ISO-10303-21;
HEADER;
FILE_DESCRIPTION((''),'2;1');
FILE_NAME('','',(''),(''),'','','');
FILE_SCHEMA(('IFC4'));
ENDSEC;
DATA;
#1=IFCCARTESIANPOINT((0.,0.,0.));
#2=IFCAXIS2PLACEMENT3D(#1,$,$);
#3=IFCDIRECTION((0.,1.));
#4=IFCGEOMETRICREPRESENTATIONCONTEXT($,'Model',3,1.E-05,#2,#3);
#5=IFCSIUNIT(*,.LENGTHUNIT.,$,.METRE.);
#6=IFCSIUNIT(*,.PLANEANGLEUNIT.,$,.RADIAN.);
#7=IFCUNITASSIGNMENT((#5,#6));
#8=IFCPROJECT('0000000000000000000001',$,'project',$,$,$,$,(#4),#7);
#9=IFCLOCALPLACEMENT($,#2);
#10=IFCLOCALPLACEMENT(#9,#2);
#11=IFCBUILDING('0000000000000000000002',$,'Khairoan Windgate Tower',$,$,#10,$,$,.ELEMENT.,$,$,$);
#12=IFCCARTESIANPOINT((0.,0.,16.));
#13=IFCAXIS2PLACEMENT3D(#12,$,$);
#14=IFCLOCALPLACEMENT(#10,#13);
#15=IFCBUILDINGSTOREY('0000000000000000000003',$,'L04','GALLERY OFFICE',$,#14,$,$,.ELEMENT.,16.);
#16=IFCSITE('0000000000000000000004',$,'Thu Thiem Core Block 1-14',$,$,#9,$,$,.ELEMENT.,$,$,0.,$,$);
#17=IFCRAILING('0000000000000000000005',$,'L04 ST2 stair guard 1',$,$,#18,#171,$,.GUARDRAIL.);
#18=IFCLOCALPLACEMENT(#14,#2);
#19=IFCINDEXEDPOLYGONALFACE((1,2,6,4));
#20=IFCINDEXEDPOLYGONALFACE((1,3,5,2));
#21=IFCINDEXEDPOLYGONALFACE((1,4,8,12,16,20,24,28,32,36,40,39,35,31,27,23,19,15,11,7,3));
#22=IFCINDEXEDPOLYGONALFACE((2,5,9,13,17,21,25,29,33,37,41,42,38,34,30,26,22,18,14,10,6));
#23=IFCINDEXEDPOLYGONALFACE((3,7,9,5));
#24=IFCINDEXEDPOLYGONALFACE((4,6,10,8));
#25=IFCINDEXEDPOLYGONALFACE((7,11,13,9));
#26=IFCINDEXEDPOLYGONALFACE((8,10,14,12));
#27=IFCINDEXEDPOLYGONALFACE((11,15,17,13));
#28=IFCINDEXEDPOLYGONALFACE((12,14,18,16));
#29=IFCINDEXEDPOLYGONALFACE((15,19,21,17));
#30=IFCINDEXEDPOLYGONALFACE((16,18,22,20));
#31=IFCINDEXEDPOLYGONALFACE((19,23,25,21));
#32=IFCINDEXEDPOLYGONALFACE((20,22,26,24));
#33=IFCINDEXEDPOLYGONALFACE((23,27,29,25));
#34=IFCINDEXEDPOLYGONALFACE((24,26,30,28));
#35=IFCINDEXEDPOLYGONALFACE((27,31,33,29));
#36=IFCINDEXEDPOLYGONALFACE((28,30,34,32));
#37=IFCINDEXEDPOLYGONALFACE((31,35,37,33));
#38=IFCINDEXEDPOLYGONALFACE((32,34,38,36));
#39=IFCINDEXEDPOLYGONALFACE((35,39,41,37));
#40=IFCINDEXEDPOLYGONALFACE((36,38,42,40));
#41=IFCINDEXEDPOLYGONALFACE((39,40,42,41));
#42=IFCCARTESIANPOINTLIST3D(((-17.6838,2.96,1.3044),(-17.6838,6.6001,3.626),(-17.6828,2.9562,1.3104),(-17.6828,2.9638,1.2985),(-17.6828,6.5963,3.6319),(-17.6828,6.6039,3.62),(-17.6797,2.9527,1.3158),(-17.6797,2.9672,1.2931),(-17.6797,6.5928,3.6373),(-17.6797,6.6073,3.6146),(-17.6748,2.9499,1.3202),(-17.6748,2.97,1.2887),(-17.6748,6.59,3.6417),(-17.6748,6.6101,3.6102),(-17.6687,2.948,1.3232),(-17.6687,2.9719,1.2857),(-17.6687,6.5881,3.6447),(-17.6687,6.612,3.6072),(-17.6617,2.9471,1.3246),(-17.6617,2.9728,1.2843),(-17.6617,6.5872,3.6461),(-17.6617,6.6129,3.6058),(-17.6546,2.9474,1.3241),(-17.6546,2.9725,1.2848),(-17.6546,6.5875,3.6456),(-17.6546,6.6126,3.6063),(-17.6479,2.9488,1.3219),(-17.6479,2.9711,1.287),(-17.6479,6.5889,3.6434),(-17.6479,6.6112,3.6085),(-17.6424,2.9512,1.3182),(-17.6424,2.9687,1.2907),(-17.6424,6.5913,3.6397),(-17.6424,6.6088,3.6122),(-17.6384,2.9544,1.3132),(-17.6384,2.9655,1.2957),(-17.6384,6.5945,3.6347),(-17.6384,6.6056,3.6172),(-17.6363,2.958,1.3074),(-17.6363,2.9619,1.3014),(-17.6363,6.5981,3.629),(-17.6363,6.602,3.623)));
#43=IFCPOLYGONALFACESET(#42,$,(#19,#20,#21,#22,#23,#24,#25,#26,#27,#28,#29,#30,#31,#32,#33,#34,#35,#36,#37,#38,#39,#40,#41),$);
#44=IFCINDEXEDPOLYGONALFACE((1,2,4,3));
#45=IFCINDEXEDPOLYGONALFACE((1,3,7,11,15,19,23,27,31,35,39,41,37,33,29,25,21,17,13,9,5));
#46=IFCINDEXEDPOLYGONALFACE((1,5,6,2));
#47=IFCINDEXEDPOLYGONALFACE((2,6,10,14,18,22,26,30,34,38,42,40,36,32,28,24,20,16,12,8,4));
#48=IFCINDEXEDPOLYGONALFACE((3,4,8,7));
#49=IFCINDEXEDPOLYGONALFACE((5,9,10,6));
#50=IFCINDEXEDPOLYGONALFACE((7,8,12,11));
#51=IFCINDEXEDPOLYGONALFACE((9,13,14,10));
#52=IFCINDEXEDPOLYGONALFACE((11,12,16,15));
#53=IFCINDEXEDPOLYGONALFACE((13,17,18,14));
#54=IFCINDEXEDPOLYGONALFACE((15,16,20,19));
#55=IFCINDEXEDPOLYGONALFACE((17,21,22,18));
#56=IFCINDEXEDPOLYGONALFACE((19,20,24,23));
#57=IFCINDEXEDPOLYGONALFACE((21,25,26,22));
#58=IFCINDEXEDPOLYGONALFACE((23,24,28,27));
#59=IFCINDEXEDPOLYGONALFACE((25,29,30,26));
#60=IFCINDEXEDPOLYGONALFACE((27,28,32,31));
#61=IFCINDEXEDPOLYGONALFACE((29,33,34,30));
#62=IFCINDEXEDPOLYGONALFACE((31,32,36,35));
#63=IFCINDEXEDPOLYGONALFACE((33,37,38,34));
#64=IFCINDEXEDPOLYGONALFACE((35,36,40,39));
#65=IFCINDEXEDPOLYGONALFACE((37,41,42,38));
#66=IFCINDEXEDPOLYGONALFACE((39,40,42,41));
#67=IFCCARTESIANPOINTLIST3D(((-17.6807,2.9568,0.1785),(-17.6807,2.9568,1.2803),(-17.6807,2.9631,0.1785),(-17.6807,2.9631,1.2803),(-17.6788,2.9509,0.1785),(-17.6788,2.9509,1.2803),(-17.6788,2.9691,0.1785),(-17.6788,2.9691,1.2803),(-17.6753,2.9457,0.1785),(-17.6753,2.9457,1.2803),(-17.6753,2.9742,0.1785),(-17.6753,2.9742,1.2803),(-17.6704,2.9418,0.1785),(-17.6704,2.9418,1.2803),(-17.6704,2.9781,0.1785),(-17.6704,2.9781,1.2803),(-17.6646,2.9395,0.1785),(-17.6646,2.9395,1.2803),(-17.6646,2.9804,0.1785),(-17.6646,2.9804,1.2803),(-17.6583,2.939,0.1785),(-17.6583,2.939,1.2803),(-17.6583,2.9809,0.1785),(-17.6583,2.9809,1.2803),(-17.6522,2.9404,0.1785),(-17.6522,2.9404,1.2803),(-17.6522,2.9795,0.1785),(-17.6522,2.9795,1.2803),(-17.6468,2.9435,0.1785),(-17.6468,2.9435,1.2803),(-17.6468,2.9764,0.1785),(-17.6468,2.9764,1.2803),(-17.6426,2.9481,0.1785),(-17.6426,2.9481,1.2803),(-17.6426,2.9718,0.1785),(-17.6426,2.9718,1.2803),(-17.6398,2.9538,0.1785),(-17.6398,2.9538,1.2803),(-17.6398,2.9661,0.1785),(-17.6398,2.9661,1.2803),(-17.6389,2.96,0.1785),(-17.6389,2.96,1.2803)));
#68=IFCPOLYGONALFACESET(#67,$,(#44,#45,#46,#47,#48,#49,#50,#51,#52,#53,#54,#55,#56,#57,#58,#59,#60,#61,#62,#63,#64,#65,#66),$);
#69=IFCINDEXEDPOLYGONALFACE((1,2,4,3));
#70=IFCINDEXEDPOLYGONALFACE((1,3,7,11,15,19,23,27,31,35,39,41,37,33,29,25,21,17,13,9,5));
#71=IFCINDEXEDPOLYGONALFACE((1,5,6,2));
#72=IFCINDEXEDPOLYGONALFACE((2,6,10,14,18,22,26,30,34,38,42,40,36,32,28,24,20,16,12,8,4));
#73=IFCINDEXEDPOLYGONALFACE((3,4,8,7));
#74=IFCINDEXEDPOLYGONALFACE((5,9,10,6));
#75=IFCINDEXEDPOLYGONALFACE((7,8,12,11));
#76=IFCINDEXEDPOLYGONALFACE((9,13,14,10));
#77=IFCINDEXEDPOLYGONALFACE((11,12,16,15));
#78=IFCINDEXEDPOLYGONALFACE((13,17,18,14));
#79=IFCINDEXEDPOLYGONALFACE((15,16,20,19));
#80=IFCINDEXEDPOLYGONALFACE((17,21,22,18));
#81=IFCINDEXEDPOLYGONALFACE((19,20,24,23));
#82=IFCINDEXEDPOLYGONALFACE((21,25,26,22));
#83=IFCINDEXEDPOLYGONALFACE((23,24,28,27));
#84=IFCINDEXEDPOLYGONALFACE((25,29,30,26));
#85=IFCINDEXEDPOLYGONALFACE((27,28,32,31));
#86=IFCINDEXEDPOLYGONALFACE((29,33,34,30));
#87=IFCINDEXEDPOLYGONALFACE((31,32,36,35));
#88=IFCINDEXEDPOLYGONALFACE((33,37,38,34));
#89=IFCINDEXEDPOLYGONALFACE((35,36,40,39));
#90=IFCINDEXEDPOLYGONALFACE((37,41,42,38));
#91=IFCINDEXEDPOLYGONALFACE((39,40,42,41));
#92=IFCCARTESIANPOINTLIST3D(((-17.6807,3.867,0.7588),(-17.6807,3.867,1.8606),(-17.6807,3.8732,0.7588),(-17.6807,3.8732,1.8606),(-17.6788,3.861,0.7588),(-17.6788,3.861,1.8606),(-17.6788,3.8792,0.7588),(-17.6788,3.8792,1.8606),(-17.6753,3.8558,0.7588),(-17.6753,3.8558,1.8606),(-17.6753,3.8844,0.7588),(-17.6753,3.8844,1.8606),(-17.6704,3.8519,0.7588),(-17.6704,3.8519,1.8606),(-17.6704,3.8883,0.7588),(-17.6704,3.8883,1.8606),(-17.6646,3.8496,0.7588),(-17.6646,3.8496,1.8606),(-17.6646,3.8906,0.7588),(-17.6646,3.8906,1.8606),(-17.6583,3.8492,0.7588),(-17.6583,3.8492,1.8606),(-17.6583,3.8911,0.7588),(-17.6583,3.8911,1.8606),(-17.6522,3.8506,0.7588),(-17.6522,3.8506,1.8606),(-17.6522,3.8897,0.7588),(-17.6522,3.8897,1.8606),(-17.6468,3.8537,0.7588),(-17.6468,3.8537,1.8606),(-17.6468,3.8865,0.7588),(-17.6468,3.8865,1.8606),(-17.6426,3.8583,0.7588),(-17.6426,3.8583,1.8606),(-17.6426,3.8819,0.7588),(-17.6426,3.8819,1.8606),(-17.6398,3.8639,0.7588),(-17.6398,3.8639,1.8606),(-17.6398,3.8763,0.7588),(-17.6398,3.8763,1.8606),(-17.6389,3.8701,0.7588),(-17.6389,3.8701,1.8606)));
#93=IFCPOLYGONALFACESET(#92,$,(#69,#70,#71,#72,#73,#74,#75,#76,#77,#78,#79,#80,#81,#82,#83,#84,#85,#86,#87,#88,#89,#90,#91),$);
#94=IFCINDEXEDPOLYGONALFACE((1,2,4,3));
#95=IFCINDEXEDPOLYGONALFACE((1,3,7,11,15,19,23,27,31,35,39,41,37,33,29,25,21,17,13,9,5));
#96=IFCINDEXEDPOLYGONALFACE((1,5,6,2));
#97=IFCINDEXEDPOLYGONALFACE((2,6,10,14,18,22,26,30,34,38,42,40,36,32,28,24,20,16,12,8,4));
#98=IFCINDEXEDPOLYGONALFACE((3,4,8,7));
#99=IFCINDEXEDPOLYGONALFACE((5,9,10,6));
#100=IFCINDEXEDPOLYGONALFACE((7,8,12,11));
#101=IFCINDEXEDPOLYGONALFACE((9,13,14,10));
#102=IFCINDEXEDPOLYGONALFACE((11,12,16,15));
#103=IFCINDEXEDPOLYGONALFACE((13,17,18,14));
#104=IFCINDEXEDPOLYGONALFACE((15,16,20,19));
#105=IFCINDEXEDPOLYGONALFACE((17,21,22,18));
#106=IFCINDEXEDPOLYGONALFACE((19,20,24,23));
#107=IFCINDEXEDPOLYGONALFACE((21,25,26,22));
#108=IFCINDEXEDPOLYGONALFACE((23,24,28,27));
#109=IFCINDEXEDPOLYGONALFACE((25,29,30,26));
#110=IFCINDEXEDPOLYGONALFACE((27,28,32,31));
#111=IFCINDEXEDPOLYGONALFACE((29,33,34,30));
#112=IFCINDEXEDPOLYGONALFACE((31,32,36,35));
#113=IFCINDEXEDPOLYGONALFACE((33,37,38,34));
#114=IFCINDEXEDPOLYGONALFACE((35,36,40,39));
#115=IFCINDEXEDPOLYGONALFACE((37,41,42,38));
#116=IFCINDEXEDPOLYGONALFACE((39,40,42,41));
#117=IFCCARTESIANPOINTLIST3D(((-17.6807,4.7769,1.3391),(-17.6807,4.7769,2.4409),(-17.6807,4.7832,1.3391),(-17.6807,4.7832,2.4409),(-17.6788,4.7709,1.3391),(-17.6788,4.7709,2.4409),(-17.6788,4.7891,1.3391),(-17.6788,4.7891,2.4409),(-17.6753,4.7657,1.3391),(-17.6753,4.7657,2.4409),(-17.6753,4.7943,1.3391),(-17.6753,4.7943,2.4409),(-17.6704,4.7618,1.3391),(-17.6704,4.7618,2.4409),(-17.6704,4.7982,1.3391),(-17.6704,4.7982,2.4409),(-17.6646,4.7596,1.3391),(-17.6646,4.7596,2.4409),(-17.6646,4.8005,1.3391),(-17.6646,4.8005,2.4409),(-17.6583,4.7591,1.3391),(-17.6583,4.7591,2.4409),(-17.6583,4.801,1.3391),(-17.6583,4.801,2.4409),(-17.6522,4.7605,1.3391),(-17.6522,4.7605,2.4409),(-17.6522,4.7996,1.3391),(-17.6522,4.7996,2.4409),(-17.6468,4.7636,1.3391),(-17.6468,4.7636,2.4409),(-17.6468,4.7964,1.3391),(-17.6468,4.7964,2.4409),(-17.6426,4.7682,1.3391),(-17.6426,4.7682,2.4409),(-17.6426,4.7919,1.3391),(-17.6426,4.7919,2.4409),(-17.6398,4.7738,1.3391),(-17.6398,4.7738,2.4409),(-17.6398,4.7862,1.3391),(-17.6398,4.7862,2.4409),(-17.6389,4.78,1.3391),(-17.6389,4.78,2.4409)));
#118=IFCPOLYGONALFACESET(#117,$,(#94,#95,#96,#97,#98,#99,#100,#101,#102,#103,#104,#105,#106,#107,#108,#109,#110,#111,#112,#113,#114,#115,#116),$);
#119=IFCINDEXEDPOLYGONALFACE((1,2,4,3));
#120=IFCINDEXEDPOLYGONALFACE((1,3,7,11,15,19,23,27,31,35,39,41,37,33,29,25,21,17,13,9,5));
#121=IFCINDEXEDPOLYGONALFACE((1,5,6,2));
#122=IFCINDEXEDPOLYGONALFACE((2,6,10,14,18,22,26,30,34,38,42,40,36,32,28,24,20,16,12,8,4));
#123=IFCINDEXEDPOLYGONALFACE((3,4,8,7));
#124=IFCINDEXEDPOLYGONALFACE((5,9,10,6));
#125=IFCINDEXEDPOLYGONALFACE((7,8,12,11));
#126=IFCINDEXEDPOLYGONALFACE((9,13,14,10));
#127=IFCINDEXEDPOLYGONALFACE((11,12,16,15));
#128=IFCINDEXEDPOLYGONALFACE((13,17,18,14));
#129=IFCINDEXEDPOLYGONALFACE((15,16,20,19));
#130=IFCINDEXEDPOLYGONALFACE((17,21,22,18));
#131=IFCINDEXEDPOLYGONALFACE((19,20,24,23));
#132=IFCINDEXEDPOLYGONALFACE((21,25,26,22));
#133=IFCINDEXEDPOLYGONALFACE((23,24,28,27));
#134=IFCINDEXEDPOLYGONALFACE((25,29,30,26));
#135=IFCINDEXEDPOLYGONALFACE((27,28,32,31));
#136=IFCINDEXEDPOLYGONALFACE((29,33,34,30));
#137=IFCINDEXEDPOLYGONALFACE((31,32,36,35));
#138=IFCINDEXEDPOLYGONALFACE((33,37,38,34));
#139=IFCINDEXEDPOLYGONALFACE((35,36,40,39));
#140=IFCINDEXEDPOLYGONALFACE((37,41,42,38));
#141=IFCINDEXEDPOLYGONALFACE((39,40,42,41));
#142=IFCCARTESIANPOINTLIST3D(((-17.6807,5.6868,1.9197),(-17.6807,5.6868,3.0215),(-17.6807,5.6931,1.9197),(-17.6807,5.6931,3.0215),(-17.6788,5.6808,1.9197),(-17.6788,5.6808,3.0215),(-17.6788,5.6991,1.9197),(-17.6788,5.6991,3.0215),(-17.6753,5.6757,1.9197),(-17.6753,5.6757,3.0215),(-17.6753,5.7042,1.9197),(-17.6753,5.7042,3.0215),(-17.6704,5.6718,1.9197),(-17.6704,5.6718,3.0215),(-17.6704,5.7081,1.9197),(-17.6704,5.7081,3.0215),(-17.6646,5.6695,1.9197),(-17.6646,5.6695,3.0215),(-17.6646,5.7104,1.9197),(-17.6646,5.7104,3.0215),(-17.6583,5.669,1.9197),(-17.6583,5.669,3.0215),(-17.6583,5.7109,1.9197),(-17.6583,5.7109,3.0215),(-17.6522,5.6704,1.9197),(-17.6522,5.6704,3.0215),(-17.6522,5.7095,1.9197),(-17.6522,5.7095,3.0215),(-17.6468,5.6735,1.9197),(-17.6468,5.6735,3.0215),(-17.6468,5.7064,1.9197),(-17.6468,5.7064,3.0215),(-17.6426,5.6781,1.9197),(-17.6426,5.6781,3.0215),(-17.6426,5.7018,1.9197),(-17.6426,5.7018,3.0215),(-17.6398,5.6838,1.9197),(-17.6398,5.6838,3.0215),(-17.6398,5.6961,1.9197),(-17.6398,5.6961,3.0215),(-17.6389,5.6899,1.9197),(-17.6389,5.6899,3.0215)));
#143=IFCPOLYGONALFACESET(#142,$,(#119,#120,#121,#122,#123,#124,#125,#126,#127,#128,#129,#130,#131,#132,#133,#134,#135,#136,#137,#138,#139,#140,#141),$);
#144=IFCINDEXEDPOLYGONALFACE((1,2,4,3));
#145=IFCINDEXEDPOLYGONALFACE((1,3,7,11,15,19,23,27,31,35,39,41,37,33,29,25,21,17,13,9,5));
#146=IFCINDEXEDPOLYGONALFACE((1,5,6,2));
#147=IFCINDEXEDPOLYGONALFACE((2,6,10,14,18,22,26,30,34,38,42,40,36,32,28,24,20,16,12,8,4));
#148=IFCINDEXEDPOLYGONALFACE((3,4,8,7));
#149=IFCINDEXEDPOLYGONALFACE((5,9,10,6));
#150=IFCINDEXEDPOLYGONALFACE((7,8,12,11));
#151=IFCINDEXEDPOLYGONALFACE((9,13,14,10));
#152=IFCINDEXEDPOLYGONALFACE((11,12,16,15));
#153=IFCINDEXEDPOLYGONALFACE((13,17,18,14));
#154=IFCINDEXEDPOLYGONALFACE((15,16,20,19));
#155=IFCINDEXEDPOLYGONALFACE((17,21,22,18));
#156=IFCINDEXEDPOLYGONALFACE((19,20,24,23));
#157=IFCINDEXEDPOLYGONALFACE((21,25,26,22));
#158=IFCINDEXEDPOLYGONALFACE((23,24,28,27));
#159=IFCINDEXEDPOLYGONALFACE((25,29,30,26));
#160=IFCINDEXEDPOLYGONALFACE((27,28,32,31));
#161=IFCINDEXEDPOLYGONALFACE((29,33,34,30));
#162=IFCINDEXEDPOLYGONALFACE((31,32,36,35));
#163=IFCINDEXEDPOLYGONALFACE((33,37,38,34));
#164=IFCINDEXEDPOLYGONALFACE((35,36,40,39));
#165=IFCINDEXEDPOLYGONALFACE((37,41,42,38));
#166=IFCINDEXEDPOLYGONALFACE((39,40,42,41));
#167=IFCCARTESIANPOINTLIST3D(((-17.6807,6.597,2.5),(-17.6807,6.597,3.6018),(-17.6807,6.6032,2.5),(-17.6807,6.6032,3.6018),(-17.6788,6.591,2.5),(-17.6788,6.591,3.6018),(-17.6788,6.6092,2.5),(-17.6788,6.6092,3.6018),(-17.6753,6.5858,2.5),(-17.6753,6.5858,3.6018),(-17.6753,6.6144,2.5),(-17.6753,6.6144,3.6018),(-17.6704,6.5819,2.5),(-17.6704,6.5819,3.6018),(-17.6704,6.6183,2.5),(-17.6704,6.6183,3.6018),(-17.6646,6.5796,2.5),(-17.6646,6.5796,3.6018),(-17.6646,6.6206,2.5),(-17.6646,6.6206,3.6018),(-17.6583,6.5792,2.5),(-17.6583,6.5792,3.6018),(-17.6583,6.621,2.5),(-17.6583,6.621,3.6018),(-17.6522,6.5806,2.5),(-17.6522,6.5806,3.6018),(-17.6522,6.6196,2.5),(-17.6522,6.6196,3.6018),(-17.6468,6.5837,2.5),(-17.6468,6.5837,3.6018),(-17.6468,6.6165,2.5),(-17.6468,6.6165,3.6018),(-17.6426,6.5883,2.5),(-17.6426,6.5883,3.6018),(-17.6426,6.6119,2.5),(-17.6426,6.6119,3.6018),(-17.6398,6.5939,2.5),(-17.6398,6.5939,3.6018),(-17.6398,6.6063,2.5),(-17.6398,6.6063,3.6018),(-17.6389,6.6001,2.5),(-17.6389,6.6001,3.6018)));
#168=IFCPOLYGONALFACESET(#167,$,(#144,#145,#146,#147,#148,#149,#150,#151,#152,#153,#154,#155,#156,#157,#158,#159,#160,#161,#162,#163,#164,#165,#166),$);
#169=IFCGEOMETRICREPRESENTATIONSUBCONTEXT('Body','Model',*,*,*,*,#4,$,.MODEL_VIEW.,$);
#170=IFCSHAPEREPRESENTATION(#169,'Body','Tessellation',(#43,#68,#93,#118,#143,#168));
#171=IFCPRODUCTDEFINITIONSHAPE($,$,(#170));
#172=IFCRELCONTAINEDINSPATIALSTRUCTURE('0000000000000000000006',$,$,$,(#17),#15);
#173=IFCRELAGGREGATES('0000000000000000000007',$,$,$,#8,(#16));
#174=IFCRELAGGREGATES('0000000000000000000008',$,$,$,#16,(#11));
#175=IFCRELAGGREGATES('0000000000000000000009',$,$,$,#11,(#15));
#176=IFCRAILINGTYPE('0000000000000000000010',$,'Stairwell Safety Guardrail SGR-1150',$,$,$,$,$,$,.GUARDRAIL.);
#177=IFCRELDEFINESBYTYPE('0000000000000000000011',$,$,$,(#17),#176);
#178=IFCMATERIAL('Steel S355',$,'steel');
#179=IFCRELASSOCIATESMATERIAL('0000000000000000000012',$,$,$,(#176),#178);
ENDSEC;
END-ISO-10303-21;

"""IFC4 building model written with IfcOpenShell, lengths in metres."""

from ifc_helpers import new_model, si_unit, direction, frame, origin, origin_2d, place, context, subcontext, project, spatial, circle, extrude, material, type_object, element, save


model = new_model("IFC4")

# Units and contexts
model_context = context("Model", 3, precision=1e-05, world=origin(), true_north=direction((0.0, 1.0)))
body_context = subcontext(model_context, "Body", "Model", "MODEL_VIEW")
ifc_project = project(units=[si_unit("LENGTHUNIT", "METRE"), si_unit("PLANEANGLEUNIT", "RADIAN")], contexts=[model_context])

# Site, building, storey
site_placement = place(None, origin())
site = spatial("IfcSite", under=ifc_project, at=site_placement, Name="Thu Thiem Core Block 1-14", CompositionType="ELEMENT", RefElevation=0.0)
building_placement = place(site_placement, origin())
building = spatial("IfcBuilding", under=site, at=building_placement, Name="Khairoan Windgate Tower", CompositionType="ELEMENT")
storey_placement = place(building_placement, frame((0.0, 0.0, 16.0)))
storey = spatial("IfcBuildingStorey", under=building, at=storey_placement, Name="L04", Description="GALLERY OFFICE", CompositionType="ELEMENT", Elevation=16.0)

# Railing
ifc_material_1 = material(Name="Steel S355", Category="steel")
railing_type_1 = type_object("IfcRailingType", Name="Stairwell Safety Guardrail SGR-1150", PredefinedType="GUARDRAIL", material=ifc_material_1)
railing_1_placement = place(storey_placement, frame((-17.6599, 2.96, 0.1785)))
element("IfcRailing", 1, at=railing_1_placement, inside=storey, type_object=railing_type_1, Name="L04 ST2 stair guard 1", PredefinedType="GUARDRAIL", context=body_context, shape_type="SweptSolid", body=[
    extrude(circle(Radius=0.0239, at=origin_2d()), frame((0.0, 0.0, 1.126), z_axis=(0.0, 0.843128, 0.537713), x_axis=(-1.0, 0.0, 0.0)), (0.0, 0.0, 1.0), 4.3174),
    extrude(circle(Radius=0.021, at=origin_2d()), origin(), (0.0, 0.0, 1.0), 1.1018),
    extrude(circle(Radius=0.021, at=origin_2d()), frame((0.0, 0.9102, 0.5803)), (0.0, 0.0, 1.0), 1.1018),
    extrude(circle(Radius=0.021, at=origin_2d()), frame((0.0, 1.8201, 1.1606)), (0.0, 0.0, 1.0), 1.1018),
    extrude(circle(Radius=0.021, at=origin_2d()), frame((0.0, 2.73, 1.7412)), (0.0, 0.0, 1.0), 1.1018),
    extrude(circle(Radius=0.021, at=origin_2d()), frame((0.0, 3.6401, 2.3215)), (0.0, 0.0, 1.0), 1.1018),
])

save(model, "model.ifc")
